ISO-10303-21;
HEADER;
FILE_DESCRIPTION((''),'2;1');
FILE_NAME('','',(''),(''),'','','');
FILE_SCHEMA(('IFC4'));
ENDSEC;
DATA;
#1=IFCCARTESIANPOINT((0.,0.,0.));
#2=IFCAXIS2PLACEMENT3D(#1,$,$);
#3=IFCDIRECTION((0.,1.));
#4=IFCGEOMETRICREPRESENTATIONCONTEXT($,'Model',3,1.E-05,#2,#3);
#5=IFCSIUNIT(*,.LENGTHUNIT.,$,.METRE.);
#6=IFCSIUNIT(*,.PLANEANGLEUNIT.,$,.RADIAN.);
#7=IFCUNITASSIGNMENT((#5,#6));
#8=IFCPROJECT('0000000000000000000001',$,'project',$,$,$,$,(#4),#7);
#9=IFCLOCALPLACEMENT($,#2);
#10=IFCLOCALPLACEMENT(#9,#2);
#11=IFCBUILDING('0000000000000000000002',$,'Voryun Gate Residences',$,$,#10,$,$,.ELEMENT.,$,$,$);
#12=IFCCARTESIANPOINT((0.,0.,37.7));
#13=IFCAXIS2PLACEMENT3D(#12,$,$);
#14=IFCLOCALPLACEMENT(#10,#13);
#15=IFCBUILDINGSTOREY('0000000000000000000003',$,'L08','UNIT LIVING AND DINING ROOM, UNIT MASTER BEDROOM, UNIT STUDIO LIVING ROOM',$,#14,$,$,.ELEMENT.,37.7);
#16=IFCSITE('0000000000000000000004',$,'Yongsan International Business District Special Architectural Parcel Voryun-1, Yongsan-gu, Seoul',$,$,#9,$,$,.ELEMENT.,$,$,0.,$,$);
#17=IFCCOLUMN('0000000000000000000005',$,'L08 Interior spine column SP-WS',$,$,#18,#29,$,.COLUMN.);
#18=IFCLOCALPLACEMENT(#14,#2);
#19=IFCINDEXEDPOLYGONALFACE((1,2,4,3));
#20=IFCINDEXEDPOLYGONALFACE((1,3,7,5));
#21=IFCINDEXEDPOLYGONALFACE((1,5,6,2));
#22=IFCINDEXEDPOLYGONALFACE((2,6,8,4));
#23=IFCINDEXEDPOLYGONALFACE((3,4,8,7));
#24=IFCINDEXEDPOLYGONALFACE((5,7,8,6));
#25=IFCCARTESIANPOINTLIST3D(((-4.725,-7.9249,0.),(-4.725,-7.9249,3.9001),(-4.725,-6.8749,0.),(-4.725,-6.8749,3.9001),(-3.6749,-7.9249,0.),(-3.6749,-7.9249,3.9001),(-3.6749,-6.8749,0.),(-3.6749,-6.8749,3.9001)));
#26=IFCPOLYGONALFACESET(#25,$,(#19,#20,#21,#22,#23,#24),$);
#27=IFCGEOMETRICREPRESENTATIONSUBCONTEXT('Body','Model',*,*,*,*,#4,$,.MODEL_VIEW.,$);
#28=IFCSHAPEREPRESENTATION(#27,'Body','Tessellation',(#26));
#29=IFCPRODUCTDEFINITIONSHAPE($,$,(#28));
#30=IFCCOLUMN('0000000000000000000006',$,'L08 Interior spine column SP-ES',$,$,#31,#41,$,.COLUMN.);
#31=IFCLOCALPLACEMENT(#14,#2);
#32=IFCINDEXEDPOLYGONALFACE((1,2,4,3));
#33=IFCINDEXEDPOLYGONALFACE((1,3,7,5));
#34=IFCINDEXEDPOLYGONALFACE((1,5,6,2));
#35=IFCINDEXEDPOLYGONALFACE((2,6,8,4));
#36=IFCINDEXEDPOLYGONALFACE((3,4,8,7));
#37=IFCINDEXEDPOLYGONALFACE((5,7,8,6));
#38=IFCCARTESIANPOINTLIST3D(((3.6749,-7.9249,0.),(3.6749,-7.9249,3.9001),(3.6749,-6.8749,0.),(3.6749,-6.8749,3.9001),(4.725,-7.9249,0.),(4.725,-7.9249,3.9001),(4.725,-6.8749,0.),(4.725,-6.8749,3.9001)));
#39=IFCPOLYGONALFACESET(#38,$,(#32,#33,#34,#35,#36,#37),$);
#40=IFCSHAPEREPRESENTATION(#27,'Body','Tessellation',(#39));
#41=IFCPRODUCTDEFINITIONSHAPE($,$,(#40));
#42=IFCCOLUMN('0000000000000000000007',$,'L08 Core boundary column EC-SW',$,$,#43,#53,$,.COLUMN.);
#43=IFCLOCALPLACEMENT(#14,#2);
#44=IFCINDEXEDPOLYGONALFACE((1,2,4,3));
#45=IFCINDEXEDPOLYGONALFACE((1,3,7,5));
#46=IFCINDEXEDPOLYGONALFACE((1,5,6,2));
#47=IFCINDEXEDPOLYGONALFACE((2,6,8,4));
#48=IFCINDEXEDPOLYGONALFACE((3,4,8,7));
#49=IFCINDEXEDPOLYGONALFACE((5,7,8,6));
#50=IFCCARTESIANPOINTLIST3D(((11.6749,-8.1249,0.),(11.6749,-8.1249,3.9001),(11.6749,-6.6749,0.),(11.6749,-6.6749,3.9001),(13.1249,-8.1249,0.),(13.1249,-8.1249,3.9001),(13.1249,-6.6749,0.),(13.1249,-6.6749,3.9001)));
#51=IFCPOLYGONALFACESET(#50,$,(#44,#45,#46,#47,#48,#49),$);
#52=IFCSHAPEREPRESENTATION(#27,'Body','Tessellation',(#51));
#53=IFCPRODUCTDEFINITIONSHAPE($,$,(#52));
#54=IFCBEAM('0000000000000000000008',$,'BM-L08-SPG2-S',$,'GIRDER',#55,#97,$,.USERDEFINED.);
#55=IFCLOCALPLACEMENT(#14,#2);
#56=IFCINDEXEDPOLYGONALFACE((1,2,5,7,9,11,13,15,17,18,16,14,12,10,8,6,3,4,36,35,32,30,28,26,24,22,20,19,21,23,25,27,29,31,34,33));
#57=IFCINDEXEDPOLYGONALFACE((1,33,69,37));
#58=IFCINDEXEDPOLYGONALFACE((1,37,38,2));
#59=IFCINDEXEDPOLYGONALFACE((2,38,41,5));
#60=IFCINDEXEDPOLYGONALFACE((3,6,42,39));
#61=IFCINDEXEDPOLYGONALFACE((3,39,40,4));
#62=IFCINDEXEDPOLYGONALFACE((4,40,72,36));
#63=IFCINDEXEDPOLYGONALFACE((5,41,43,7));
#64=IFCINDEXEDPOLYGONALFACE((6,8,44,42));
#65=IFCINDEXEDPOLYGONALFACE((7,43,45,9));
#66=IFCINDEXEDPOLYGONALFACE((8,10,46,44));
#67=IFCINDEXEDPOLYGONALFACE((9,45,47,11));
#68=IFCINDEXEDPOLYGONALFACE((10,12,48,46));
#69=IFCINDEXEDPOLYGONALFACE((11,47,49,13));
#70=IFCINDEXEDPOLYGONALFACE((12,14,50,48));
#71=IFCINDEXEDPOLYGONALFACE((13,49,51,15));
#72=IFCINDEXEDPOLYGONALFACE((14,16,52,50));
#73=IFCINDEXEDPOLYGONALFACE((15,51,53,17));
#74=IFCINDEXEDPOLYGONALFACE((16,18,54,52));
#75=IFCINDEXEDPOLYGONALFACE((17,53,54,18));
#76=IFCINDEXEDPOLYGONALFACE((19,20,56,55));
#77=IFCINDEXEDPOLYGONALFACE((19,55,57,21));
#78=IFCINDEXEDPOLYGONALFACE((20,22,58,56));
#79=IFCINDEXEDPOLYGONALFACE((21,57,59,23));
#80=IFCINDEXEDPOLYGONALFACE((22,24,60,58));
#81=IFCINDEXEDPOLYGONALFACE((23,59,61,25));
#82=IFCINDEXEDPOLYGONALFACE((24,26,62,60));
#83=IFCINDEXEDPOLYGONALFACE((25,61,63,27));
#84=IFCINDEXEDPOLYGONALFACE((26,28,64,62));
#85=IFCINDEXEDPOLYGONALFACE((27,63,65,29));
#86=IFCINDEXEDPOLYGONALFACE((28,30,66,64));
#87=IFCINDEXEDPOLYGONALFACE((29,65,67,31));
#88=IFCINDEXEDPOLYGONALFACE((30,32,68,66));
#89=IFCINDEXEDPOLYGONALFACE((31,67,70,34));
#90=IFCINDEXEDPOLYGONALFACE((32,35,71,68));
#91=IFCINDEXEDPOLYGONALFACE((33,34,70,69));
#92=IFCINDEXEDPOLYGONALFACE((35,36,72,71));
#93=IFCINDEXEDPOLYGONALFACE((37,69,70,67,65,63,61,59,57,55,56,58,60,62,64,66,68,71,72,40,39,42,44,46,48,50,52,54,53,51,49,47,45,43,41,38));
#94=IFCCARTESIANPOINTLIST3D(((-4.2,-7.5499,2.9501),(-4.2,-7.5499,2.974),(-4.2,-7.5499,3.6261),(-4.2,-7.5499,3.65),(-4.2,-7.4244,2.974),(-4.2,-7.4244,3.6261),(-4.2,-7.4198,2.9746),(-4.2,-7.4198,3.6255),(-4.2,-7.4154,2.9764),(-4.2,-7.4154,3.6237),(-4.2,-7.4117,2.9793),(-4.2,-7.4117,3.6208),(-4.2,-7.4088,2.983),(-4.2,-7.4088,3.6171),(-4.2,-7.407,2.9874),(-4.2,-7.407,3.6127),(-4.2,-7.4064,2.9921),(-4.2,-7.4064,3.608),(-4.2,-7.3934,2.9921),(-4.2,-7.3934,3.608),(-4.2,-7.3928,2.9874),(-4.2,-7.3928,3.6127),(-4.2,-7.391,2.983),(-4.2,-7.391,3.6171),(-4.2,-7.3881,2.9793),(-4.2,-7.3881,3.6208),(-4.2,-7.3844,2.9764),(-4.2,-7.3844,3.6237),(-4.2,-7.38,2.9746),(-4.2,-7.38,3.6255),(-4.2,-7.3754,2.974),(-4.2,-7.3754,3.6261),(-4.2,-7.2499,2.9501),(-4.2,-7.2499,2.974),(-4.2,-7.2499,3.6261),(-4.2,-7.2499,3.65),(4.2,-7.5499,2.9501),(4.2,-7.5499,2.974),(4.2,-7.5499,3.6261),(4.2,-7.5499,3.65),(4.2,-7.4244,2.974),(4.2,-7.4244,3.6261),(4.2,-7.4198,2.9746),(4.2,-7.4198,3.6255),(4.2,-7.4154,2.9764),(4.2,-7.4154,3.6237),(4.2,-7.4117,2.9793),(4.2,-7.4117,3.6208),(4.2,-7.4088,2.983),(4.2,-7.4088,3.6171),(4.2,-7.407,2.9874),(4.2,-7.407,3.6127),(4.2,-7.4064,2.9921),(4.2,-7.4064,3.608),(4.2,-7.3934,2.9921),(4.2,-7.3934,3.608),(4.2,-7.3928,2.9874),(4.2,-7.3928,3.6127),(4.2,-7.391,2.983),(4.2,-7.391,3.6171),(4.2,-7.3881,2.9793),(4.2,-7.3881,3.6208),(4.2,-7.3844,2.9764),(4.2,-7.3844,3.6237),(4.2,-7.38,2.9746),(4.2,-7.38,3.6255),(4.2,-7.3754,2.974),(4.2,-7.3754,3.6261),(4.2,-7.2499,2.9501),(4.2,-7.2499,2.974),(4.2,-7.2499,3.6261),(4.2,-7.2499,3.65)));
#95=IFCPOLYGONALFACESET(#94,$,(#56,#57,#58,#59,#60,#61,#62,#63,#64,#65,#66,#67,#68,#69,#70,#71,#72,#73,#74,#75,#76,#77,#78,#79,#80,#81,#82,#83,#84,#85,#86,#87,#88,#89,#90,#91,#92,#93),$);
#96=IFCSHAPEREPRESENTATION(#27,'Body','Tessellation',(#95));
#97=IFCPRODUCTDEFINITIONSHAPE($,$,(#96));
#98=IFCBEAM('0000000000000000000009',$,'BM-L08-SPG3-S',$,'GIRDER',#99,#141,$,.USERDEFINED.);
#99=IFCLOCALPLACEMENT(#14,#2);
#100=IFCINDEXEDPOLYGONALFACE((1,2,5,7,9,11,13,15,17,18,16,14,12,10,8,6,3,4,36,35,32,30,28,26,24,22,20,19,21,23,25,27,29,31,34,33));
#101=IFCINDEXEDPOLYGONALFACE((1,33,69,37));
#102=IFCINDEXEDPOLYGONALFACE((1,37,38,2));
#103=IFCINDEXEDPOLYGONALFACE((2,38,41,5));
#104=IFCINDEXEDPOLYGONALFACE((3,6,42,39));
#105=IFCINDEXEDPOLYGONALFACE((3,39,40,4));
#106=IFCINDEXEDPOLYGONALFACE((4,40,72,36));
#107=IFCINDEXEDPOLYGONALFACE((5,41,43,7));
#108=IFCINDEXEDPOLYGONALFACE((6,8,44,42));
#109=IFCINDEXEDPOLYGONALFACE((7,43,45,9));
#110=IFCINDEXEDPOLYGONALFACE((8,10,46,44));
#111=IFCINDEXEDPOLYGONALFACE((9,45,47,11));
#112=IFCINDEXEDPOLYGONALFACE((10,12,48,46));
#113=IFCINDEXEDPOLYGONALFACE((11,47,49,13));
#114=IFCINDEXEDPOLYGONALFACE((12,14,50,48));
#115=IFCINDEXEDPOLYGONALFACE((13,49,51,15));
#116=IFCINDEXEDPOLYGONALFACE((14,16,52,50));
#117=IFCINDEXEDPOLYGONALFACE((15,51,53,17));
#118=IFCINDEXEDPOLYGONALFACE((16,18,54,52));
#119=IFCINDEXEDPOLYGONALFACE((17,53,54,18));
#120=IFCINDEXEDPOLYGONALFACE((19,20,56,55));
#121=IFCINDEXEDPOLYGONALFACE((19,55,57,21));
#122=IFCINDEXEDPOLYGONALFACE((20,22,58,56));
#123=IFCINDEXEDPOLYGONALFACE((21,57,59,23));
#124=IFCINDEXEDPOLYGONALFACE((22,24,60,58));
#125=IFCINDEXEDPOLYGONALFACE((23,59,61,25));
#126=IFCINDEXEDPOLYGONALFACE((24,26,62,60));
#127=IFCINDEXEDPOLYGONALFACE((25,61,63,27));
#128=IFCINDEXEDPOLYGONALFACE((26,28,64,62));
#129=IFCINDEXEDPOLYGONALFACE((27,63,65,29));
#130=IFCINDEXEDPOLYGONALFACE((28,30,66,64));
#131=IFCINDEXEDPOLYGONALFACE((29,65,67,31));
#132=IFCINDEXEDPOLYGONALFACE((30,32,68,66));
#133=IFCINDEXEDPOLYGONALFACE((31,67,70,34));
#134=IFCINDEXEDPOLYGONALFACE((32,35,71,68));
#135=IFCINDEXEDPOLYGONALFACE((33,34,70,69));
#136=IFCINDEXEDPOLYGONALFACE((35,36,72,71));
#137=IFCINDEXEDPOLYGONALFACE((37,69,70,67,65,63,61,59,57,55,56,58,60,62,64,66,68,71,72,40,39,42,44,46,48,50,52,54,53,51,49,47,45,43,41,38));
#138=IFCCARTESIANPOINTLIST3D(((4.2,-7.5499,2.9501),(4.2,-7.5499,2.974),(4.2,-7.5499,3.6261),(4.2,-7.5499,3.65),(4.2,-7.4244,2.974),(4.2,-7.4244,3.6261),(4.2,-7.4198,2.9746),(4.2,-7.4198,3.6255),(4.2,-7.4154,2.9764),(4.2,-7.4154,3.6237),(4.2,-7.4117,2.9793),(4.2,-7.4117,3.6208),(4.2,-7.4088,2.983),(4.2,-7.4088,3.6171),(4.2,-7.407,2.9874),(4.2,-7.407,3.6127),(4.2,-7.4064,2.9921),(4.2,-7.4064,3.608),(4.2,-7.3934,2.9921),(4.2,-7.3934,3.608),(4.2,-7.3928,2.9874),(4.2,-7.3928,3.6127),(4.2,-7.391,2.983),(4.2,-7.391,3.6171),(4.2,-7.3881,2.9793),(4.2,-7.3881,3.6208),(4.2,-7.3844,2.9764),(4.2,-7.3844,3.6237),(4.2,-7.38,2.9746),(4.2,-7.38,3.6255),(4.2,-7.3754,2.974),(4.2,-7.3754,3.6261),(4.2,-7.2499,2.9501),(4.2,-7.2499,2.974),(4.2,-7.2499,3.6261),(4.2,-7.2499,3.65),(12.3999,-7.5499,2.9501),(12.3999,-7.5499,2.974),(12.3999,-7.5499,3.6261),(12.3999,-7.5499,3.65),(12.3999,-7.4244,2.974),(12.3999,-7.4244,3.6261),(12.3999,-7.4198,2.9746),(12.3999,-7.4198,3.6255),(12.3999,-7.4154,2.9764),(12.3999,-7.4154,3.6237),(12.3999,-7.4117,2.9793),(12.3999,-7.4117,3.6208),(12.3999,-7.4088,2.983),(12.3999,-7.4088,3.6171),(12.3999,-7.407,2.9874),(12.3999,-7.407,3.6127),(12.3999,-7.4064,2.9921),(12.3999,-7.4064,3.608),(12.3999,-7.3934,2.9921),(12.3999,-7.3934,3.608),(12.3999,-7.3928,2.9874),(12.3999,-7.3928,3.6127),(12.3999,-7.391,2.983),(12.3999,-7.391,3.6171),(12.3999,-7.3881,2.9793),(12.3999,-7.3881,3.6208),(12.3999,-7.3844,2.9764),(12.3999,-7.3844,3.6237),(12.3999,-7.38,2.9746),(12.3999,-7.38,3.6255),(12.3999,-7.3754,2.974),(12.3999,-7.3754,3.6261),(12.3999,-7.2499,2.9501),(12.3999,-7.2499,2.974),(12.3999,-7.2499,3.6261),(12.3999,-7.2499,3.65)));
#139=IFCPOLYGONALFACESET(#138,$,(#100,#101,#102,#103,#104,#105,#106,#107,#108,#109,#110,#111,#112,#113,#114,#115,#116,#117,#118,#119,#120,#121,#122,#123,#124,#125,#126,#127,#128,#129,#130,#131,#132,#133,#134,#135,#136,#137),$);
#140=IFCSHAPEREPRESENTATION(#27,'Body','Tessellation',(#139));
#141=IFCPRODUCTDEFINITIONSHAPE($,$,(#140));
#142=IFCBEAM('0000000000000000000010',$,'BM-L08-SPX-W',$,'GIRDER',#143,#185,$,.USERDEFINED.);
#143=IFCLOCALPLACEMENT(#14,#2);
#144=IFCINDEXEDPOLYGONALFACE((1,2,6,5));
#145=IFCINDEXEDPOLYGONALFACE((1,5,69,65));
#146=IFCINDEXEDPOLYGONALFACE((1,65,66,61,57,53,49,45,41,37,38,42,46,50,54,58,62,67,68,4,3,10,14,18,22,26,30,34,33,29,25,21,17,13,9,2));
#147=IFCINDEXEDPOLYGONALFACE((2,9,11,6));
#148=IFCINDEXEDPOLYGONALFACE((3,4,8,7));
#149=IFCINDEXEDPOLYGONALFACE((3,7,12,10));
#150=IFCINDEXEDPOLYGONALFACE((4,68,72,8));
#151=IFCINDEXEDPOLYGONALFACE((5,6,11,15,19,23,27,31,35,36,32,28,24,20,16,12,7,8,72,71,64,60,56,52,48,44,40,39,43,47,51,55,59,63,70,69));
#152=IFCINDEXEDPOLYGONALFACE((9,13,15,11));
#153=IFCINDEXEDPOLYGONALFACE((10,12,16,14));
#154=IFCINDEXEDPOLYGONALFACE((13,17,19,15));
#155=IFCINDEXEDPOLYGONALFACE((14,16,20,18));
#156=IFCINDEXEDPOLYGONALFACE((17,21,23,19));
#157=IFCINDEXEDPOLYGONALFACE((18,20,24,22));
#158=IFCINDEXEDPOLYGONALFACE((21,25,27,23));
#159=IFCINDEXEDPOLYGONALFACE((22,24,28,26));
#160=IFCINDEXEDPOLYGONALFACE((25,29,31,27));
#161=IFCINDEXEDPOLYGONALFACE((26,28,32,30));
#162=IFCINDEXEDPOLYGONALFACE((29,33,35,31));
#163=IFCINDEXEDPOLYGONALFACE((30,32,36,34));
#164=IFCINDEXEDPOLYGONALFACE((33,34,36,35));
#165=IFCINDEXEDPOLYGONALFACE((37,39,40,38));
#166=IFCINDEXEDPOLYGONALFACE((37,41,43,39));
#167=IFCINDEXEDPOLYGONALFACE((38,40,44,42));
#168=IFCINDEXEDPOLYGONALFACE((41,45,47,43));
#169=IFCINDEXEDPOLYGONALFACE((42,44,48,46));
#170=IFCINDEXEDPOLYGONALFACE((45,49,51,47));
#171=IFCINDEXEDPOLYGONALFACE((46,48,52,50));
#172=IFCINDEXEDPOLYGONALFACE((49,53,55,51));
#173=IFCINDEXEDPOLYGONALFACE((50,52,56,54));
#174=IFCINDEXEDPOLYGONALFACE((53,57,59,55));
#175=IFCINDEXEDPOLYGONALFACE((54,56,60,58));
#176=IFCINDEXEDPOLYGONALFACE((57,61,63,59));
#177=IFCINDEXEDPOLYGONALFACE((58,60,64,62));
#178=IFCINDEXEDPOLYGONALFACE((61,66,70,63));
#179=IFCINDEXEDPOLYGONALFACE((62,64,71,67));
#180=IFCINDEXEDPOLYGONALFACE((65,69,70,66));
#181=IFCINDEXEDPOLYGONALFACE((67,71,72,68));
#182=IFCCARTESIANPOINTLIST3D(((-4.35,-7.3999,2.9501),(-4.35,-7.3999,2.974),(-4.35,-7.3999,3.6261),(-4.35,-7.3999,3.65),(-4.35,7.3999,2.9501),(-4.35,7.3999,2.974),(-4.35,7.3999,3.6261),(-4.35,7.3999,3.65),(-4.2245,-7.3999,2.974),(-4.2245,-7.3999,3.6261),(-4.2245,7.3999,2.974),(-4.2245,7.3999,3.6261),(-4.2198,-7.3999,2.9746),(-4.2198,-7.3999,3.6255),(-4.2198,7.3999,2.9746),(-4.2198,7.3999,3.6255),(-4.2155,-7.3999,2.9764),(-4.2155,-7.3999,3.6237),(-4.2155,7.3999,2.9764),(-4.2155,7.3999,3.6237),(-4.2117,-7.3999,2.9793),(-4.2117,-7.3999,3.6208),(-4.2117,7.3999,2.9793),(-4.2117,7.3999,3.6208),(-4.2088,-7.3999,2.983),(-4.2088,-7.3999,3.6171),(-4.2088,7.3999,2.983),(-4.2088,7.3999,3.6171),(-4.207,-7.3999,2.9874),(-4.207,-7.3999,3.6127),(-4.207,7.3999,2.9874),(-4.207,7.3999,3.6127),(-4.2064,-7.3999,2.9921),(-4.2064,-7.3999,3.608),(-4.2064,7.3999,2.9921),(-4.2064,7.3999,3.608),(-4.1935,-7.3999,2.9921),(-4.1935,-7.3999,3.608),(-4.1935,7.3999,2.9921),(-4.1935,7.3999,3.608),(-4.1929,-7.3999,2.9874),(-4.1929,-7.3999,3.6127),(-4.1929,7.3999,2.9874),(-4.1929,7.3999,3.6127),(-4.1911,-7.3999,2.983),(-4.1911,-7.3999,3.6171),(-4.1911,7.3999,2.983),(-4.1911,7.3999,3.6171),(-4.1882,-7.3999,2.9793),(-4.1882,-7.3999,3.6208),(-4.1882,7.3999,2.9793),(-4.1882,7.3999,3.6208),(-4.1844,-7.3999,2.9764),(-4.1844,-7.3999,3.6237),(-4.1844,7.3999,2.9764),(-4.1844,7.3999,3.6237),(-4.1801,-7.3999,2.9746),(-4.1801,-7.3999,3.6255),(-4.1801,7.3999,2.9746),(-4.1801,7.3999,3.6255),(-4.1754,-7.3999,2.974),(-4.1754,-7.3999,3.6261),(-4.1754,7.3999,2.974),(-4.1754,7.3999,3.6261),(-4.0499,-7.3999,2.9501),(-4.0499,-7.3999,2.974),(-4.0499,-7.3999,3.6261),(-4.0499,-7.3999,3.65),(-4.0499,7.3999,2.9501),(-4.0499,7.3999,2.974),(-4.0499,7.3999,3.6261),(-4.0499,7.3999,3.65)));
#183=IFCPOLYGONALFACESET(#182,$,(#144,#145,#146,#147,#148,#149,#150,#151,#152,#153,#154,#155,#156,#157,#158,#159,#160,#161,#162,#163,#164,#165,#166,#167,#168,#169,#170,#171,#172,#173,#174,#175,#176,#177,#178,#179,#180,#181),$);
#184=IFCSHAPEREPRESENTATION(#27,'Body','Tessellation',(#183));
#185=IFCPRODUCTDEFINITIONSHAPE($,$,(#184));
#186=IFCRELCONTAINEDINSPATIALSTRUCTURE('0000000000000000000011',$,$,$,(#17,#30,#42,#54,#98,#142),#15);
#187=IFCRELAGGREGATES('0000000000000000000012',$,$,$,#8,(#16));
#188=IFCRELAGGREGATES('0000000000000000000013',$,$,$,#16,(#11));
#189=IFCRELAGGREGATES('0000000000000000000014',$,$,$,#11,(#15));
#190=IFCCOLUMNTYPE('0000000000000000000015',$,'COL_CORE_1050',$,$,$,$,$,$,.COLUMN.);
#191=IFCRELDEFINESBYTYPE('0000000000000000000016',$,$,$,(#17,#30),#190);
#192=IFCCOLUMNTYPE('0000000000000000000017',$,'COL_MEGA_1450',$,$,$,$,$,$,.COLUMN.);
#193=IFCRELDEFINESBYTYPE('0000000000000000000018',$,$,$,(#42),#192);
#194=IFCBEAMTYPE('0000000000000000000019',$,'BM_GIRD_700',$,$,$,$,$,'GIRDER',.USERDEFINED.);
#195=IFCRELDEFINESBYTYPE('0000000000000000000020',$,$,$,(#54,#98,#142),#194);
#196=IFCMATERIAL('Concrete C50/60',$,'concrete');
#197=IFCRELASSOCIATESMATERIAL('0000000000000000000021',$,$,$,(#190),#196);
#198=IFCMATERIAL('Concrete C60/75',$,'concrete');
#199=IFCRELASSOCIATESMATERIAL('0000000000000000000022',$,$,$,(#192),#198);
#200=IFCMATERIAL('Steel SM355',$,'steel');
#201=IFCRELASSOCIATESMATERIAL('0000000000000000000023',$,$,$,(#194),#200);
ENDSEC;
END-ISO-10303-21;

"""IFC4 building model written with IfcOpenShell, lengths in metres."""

from ifc_helpers import new_model, si_unit, direction, frame, origin, origin_2d, place, context, subcontext, project, spatial, rectangle, i_section, extrude, material, material_profile, profile_set, type_object, element, save


model = new_model("IFC4")

# Units and contexts
model_context = context("Model", 3, precision=1e-05, world=origin(), true_north=direction((0.0, 1.0)))
body_context = subcontext(model_context, "Body", "Model", "MODEL_VIEW")
ifc_project = project(units=[si_unit("LENGTHUNIT", "METRE"), si_unit("PLANEANGLEUNIT", "RADIAN")], contexts=[model_context])

# Site, building, storey
site_placement = place(None, origin())
site = spatial("IfcSite", under=ifc_project, at=site_placement, Name="Yongsan International Business District Special Architectural Parcel Voryun-1, Yongsan-gu, Seoul", CompositionType="ELEMENT", RefElevation=0.0)
building_placement = place(site_placement, origin())
building = spatial("IfcBuilding", under=site, at=building_placement, Name="Voryun Gate Residences", CompositionType="ELEMENT")
storey_placement = place(building_placement, frame((0.0, 0.0, 37.7)))
storey = spatial("IfcBuildingStorey", under=building, at=storey_placement, Name="L08", Description="UNIT LIVING AND DINING ROOM, UNIT MASTER BEDROOM, UNIT STUDIO LIVING ROOM", CompositionType="ELEMENT", Elevation=37.7)

# Columns
ifc_material_1 = material(Name="Concrete C50/60", Category="concrete")
ifc_material_profile_1 = material_profile(ifc_material_1, rectangle(XDim=1.05, YDim=1.05, at=origin_2d()), Name="RC-1050x1050")
ifc_profile_set_1 = profile_set([ifc_material_profile_1], Name="Concrete C50/60")
column_type_1 = type_object("IfcColumnType", Name="COL_CORE_1050", PredefinedType="COLUMN", material=ifc_profile_set_1)
for number, where, z_axis, x_axis, name in (
    (1, (-4.2, -7.3999, 0.0), (0.0, 0.0, 1.0), (1.0, 0.0, 0.0), "L08 Interior spine column SP-WS"),
    (2, (4.2, -7.3999, 0.0), (0.0, 0.0, 1.0), (1.0, 0.0, 0.0), "L08 Interior spine column SP-ES"),
):
    element("IfcColumn", number, at=place(storey_placement, frame(where, z_axis=z_axis, x_axis=x_axis)), inside=storey, type_object=column_type_1, Name=name, PredefinedType="COLUMN", context=body_context, shape_type="SweptSolid", body=[
        extrude(rectangle(XDim=1.05, YDim=1.05, at=origin_2d()), origin(), (0.0, 0.0, 1.0), 3.9001),
    ])
ifc_material_2 = material(Name="Concrete C60/75", Category="concrete")
ifc_material_profile_2 = material_profile(ifc_material_2, rectangle(XDim=1.45, YDim=1.45, at=origin_2d()), Name="RC-1450x1450")
ifc_profile_set_2 = profile_set([ifc_material_profile_2], Name="Concrete C60/75")
column_type_2 = type_object("IfcColumnType", Name="COL_MEGA_1450", PredefinedType="COLUMN", material=ifc_profile_set_2)
column_placement = place(storey_placement, frame((12.3999, -7.3999, 0.0), z_axis=(0.0, 0.0, 1.0), x_axis=(1.0, 0.0, 0.0)))
element("IfcColumn", 3, at=column_placement, inside=storey, type_object=column_type_2, Name="L08 Core boundary column EC-SW", PredefinedType="COLUMN", context=body_context, shape_type="SweptSolid", body=[
    extrude(rectangle(XDim=1.45, YDim=1.45, at=origin_2d()), origin(), (0.0, 0.0, 1.0), 3.9001),
])

# Beams
ifc_material_3 = material(Name="Steel SM355", Category="steel")
ifc_material_profile_3 = material_profile(ifc_material_3, i_section(OverallWidth=0.3, OverallDepth=0.7, WebThickness=0.0129, FlangeThickness=0.0239, FilletRadius=0.0181, at=origin_2d()), Name="H-700x300x13x24")
ifc_profile_set_3 = profile_set([ifc_material_profile_3], Name="Steel SM355")
beam_type_1 = type_object("IfcBeamType", Name="BM_GIRD_700", ElementType="GIRDER", PredefinedType="USERDEFINED", material=ifc_profile_set_3)
beam_1_placement = place(storey_placement, frame((-4.2, -7.3999, 3.3), z_axis=(1.0, 0.0, 0.0), x_axis=(0.0, 1.0, 0.0)))
element("IfcBeam", 4, at=beam_1_placement, inside=storey, type_object=beam_type_1, Name="BM-L08-SPG2-S", ObjectType="GIRDER", PredefinedType="USERDEFINED", context=body_context, shape_type="SweptSolid", body=[
    extrude(i_section(OverallWidth=0.3, OverallDepth=0.7, WebThickness=0.0129, FlangeThickness=0.0239, FilletRadius=0.0181, at=origin_2d()), origin(), (0.0, 0.0, 1.0), 8.3999),
])
beam_2_placement = place(storey_placement, frame((4.2, -7.3999, 3.3), z_axis=(1.0, 0.0, 0.0), x_axis=(0.0, 1.0, 0.0)))
element("IfcBeam", 5, at=beam_2_placement, inside=storey, type_object=beam_type_1, Name="BM-L08-SPG3-S", ObjectType="GIRDER", PredefinedType="USERDEFINED", context=body_context, shape_type="SweptSolid", body=[
    extrude(i_section(OverallWidth=0.3, OverallDepth=0.7, WebThickness=0.0129, FlangeThickness=0.0239, FilletRadius=0.0181, at=origin_2d()), origin(), (0.0, 0.0, 1.0), 8.2),
])
for number, where, z_axis, x_axis, name in (
    (6, (-4.2, -7.3999, 3.3), (0.0, 1.0, 0.0), (-1.0, 0.0, 0.0), "BM-L08-SPX-W"),
):
    element("IfcBeam", number, at=place(storey_placement, frame(where, z_axis=z_axis, x_axis=x_axis)), inside=storey, type_object=beam_type_1, Name=name, ObjectType="GIRDER", PredefinedType="USERDEFINED", context=body_context, shape_type="SweptSolid", body=[
        extrude(i_section(OverallWidth=0.3, OverallDepth=0.7, WebThickness=0.0129, FlangeThickness=0.0239, FilletRadius=0.0181, at=origin_2d()), origin(), (0.0, 0.0, 1.0), 14.7998),
    ])

save(model, "model.ifc")
